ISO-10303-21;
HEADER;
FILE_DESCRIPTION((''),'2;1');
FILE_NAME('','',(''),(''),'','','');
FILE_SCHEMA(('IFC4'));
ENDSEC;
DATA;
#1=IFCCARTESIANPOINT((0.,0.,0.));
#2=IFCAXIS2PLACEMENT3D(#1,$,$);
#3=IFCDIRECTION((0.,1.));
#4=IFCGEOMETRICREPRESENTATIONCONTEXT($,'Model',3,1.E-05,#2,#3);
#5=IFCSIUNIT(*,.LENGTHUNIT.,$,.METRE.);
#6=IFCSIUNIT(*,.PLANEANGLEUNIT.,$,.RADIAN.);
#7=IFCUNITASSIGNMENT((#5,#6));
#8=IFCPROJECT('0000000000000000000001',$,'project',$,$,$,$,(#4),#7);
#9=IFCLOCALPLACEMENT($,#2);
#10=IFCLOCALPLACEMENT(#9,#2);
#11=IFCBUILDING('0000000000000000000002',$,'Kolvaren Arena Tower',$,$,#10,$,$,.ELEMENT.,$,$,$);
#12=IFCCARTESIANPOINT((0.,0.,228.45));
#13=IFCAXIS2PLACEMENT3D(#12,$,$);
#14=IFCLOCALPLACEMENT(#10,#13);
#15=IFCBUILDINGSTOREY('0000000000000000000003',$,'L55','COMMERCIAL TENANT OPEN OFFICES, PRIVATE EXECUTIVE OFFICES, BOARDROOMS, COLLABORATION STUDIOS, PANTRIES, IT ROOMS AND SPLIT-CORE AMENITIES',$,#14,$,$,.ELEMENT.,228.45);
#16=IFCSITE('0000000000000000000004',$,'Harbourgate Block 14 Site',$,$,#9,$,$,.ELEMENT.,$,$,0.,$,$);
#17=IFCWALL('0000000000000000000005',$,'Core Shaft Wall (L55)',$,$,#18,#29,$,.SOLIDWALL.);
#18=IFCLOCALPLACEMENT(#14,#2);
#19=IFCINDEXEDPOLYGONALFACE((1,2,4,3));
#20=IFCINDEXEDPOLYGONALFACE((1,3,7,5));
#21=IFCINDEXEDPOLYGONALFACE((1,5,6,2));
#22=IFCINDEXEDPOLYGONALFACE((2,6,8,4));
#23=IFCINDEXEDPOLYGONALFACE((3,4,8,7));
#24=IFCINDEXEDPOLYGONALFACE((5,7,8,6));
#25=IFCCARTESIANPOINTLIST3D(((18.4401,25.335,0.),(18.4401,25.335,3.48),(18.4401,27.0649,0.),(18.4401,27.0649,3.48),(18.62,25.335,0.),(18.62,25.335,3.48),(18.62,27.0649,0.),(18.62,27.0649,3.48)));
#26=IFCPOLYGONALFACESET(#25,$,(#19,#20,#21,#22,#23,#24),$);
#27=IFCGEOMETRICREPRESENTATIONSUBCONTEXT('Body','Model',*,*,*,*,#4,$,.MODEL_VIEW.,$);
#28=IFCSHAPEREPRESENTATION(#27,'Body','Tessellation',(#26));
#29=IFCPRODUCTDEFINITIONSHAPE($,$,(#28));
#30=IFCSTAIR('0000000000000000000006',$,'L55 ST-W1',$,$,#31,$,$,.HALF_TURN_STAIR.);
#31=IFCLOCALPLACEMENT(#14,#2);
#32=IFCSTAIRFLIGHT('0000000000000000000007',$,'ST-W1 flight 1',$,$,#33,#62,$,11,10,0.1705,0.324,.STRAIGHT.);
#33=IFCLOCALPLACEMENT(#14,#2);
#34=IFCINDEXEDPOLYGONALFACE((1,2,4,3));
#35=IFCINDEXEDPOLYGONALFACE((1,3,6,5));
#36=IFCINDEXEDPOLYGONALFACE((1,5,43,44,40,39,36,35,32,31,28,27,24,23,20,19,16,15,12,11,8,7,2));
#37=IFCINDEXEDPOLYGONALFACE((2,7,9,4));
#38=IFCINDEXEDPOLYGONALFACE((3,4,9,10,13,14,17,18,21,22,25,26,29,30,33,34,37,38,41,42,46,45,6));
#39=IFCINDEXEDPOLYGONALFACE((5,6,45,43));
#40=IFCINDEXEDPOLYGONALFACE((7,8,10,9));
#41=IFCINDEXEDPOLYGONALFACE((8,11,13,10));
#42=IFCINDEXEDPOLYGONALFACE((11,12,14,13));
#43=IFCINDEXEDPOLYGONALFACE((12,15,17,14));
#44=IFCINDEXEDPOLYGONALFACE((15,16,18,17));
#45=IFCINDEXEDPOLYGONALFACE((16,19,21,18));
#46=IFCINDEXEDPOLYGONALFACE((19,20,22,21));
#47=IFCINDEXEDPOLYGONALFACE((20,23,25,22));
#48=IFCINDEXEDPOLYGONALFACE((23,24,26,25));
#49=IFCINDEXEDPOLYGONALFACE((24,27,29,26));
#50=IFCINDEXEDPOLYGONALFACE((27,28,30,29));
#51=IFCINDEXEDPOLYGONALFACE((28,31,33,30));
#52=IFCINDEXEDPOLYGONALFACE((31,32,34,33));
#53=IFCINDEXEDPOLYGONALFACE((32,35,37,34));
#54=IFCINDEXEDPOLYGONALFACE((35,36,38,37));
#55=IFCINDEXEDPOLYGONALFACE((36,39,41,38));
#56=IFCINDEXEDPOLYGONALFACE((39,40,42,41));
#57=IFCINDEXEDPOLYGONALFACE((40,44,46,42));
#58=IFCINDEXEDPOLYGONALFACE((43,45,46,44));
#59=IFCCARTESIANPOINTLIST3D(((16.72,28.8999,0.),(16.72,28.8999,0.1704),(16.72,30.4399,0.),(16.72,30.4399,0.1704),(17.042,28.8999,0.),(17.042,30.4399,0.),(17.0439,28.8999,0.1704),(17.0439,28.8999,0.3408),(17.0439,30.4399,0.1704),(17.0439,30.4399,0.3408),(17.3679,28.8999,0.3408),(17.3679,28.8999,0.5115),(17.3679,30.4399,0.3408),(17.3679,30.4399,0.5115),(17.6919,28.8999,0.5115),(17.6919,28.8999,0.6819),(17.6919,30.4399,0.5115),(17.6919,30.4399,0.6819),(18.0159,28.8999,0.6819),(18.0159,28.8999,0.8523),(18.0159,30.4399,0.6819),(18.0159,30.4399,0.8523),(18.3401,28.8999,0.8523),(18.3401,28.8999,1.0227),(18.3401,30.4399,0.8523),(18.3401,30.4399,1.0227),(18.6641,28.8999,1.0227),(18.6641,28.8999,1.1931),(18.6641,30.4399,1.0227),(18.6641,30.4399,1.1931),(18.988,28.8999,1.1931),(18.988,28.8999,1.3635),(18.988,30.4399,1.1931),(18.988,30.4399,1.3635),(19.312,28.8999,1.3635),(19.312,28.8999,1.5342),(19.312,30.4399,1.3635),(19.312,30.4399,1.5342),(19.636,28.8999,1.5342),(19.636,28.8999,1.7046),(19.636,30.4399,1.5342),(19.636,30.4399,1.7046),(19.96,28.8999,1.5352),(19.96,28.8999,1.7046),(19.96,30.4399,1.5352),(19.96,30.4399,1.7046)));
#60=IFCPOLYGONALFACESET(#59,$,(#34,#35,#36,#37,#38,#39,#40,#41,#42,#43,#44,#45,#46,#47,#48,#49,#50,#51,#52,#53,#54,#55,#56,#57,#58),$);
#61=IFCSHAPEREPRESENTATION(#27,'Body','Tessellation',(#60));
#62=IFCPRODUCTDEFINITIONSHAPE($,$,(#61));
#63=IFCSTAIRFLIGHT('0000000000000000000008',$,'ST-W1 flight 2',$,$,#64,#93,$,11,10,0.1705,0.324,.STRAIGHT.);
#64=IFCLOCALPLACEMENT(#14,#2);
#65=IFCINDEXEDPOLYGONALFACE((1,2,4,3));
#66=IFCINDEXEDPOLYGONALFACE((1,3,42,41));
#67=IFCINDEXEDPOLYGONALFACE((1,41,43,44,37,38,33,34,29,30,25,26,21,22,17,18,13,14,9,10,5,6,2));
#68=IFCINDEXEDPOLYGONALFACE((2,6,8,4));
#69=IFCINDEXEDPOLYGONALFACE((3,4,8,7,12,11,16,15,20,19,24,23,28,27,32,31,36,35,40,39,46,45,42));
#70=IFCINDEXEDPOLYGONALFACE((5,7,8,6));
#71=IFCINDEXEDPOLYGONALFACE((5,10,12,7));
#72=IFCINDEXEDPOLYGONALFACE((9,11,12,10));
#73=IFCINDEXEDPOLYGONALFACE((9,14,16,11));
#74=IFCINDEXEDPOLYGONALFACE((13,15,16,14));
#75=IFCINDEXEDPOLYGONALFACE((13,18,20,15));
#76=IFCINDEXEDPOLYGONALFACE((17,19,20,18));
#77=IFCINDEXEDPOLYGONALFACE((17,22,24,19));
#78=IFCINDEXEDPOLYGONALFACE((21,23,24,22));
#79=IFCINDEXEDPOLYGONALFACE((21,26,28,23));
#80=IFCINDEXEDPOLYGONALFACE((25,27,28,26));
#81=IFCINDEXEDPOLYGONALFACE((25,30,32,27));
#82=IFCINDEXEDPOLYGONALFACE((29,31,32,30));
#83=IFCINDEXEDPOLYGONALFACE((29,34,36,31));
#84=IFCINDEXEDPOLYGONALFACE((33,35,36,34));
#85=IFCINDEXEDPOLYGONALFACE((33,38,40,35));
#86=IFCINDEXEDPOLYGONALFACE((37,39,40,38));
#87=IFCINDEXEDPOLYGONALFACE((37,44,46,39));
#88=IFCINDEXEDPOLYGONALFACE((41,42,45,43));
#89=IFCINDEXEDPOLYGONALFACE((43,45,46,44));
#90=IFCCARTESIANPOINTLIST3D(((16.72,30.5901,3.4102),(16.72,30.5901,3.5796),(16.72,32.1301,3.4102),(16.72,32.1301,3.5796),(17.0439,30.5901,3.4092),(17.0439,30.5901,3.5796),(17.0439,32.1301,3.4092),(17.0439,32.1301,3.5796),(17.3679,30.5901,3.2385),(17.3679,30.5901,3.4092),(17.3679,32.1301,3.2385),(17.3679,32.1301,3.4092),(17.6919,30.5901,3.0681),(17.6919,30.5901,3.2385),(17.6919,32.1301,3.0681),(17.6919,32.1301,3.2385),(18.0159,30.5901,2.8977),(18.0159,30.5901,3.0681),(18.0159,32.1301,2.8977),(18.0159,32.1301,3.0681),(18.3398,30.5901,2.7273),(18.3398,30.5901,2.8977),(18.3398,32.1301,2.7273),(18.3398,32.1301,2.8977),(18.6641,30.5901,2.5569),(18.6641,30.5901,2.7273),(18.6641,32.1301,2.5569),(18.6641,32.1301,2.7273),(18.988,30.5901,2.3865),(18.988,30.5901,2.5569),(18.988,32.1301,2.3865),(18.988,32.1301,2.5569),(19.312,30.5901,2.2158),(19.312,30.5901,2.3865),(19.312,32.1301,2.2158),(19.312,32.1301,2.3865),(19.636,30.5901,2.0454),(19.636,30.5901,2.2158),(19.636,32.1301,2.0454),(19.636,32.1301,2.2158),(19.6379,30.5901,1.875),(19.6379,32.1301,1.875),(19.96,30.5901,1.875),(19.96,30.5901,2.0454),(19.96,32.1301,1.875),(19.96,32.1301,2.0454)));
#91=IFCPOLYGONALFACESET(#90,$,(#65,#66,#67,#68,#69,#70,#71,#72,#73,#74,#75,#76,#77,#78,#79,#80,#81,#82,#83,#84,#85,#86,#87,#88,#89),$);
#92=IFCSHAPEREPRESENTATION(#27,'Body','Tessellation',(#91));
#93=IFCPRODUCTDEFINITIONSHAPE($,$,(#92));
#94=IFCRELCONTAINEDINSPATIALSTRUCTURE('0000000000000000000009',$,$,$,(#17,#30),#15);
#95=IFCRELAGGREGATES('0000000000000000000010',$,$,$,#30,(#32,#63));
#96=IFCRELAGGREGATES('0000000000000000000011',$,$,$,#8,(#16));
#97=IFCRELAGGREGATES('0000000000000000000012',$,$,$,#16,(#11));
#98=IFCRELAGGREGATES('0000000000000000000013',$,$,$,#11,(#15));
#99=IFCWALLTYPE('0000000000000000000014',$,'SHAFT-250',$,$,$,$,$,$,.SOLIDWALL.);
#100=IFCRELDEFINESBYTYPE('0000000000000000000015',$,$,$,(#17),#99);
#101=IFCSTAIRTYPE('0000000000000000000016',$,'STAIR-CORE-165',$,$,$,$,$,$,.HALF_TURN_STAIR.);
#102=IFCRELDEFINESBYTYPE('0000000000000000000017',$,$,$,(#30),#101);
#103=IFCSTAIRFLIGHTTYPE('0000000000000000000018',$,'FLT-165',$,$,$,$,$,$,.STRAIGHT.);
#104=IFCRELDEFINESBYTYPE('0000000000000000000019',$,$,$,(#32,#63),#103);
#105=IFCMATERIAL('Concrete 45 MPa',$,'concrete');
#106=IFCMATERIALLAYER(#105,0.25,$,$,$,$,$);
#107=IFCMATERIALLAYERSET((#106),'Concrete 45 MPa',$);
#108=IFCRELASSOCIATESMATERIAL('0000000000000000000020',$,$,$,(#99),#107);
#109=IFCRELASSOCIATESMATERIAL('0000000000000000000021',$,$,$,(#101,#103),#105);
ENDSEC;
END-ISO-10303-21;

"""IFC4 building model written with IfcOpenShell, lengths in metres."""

from ifc_helpers import new_model, si_unit, direction, frame, frame_2d, origin, place, context, subcontext, project, spatial, polyline, rectangle, outline, extrude, material, layer, layer_set, type_object, element, aggregate, save


model = new_model("IFC4")

# Units and contexts
model_context = context("Model", 3, precision=1e-05, world=origin(), true_north=direction((0.0, 1.0)))
body_context = subcontext(model_context, "Body", "Model", "MODEL_VIEW")
ifc_project = project(units=[si_unit("LENGTHUNIT", "METRE"), si_unit("PLANEANGLEUNIT", "RADIAN")], contexts=[model_context])

# Site, building, storey
site_placement = place(None, origin())
site = spatial("IfcSite", under=ifc_project, at=site_placement, Name="Harbourgate Block 14 Site", CompositionType="ELEMENT", RefElevation=0.0)
building_placement = place(site_placement, origin())
building = spatial("IfcBuilding", under=site, at=building_placement, Name="Kolvaren Arena Tower", CompositionType="ELEMENT")
storey_placement = place(building_placement, frame((0.0, 0.0, 228.45)))
storey = spatial("IfcBuildingStorey", under=building, at=storey_placement, Name="L55", Description="COMMERCIAL TENANT OPEN OFFICES, PRIVATE EXECUTIVE OFFICES, BOARDROOMS, COLLABORATION STUDIOS, PANTRIES, IT ROOMS AND SPLIT-CORE AMENITIES", CompositionType="ELEMENT", Elevation=228.45)

# Shared definitions
ifc_material_1 = material(Name="Concrete 45 MPa", Category="concrete")
ifc_layer_1 = layer(ifc_material_1, 0.25)
ifc_layer_set_1 = layer_set([ifc_layer_1], Name="Concrete 45 MPa")
wall_type_1 = type_object("IfcWallType", Name="SHAFT-250", PredefinedType="SOLIDWALL", material=ifc_layer_set_1)

# Wall
for number, where, z_axis, x_axis, name in (
    (1, (18.53, 25.335, 0.0), (0.0, 0.0, 1.0), (0.0, 1.0, 0.0), "Core Shaft Wall (L55)"),
):
    element("IfcWall", number, at=place(storey_placement, frame(where, z_axis=z_axis, x_axis=x_axis)), inside=storey, type_object=wall_type_1, Name=name, PredefinedType="SOLIDWALL", context=body_context, shape_type="SweptSolid", body=[
        extrude(rectangle(XDim=1.73, YDim=0.1799, at=frame_2d((0.865, 0.0))), origin(), (0.0, 0.0, 1.0), 3.48),
    ])

# Stair, stair flights
stair_type = type_object("IfcStairType", Name="STAIR-CORE-165", PredefinedType="HALF_TURN_STAIR", material=ifc_material_1)
stair_placement = place(storey_placement, origin())
stair = element("IfcStair", 2, at=stair_placement, inside=storey, type_object=stair_type, Name="L55 ST-W1", PredefinedType="HALF_TURN_STAIR")
stair_flight_type = type_object("IfcStairFlightType", Name="FLT-165", PredefinedType="STRAIGHT", material=ifc_material_1)
stair_flight_1_placement = place(storey_placement, frame((16.72, 29.6699, 0.0), z_axis=(0.0, 0.0, 1.0), x_axis=(1.0, 0.0, 0.0)))
stair_flight_1 = element("IfcStairFlight", 3, at=stair_flight_1_placement, type_object=stair_flight_type, Name="ST-W1 flight 1", NumberOfRisers=11, NumberOfTreads=10, PredefinedType="STRAIGHT", RiserHeight=0.1705, TreadLength=0.324, context=body_context, shape_type="SweptSolid", body=[
    extrude(outline(polyline([(0.0, 0.0), (0.0, 0.1704), (0.324, 0.1704), (0.324, 0.3408), (0.6479, 0.3408), (0.6479, 0.5115), (0.9719, 0.5115), (0.9719, 0.6819), (1.2959, 0.6819), (1.2959, 0.8523), (1.6201, 0.8523), (1.6201, 1.0227), (1.9441, 1.0227), (1.9441, 1.1931), (2.2681, 1.1931), (2.2681, 1.3635), (2.592, 1.3635), (2.592, 1.5342), (2.916, 1.5342), (2.916, 1.7046), (3.24, 1.7046), (3.24, 1.875), (3.24, 1.5352), (0.322, 0.0), (0.0, 0.0)])), frame((0.0, 0.77, 0.0), z_axis=(0.0, -1.0, 0.0), x_axis=(1.0, 0.0, 0.0)), (0.0, 0.0, 1.0), 1.54),
])
stair_flight_2_placement = place(storey_placement, frame((19.96, 31.3601, 1.875), z_axis=(0.0, 0.0, 1.0), x_axis=(-1.0, 0.0, 0.0)))
stair_flight_2 = element("IfcStairFlight", 4, at=stair_flight_2_placement, type_object=stair_flight_type, Name="ST-W1 flight 2", NumberOfRisers=11, NumberOfTreads=10, PredefinedType="STRAIGHT", RiserHeight=0.1705, TreadLength=0.324, context=body_context, shape_type="SweptSolid", body=[
    extrude(outline(polyline([(0.0, 0.0), (0.0, 0.1704), (0.324, 0.1704), (0.324, 0.3408), (0.6479, 0.3408), (0.6479, 0.5115), (0.9719, 0.5115), (0.9719, 0.6819), (1.2959, 0.6819), (1.2959, 0.8523), (1.6201, 0.8523), (1.6201, 1.0227), (1.9441, 1.0227), (1.9441, 1.1931), (2.2681, 1.1931), (2.2681, 1.3635), (2.592, 1.3635), (2.592, 1.5342), (2.916, 1.5342), (2.916, 1.7046), (3.24, 1.7046), (3.24, 1.875), (3.24, 1.5352), (0.322, 0.0), (0.0, 0.0)])), frame((0.0, 0.77, 0.0), z_axis=(0.0, -1.0, 0.0), x_axis=(1.0, 0.0, 0.0)), (0.0, 0.0, 1.0), 1.54),
])
aggregate(stair, [stair_flight_1, stair_flight_2])

save(model, "model.ifc")
